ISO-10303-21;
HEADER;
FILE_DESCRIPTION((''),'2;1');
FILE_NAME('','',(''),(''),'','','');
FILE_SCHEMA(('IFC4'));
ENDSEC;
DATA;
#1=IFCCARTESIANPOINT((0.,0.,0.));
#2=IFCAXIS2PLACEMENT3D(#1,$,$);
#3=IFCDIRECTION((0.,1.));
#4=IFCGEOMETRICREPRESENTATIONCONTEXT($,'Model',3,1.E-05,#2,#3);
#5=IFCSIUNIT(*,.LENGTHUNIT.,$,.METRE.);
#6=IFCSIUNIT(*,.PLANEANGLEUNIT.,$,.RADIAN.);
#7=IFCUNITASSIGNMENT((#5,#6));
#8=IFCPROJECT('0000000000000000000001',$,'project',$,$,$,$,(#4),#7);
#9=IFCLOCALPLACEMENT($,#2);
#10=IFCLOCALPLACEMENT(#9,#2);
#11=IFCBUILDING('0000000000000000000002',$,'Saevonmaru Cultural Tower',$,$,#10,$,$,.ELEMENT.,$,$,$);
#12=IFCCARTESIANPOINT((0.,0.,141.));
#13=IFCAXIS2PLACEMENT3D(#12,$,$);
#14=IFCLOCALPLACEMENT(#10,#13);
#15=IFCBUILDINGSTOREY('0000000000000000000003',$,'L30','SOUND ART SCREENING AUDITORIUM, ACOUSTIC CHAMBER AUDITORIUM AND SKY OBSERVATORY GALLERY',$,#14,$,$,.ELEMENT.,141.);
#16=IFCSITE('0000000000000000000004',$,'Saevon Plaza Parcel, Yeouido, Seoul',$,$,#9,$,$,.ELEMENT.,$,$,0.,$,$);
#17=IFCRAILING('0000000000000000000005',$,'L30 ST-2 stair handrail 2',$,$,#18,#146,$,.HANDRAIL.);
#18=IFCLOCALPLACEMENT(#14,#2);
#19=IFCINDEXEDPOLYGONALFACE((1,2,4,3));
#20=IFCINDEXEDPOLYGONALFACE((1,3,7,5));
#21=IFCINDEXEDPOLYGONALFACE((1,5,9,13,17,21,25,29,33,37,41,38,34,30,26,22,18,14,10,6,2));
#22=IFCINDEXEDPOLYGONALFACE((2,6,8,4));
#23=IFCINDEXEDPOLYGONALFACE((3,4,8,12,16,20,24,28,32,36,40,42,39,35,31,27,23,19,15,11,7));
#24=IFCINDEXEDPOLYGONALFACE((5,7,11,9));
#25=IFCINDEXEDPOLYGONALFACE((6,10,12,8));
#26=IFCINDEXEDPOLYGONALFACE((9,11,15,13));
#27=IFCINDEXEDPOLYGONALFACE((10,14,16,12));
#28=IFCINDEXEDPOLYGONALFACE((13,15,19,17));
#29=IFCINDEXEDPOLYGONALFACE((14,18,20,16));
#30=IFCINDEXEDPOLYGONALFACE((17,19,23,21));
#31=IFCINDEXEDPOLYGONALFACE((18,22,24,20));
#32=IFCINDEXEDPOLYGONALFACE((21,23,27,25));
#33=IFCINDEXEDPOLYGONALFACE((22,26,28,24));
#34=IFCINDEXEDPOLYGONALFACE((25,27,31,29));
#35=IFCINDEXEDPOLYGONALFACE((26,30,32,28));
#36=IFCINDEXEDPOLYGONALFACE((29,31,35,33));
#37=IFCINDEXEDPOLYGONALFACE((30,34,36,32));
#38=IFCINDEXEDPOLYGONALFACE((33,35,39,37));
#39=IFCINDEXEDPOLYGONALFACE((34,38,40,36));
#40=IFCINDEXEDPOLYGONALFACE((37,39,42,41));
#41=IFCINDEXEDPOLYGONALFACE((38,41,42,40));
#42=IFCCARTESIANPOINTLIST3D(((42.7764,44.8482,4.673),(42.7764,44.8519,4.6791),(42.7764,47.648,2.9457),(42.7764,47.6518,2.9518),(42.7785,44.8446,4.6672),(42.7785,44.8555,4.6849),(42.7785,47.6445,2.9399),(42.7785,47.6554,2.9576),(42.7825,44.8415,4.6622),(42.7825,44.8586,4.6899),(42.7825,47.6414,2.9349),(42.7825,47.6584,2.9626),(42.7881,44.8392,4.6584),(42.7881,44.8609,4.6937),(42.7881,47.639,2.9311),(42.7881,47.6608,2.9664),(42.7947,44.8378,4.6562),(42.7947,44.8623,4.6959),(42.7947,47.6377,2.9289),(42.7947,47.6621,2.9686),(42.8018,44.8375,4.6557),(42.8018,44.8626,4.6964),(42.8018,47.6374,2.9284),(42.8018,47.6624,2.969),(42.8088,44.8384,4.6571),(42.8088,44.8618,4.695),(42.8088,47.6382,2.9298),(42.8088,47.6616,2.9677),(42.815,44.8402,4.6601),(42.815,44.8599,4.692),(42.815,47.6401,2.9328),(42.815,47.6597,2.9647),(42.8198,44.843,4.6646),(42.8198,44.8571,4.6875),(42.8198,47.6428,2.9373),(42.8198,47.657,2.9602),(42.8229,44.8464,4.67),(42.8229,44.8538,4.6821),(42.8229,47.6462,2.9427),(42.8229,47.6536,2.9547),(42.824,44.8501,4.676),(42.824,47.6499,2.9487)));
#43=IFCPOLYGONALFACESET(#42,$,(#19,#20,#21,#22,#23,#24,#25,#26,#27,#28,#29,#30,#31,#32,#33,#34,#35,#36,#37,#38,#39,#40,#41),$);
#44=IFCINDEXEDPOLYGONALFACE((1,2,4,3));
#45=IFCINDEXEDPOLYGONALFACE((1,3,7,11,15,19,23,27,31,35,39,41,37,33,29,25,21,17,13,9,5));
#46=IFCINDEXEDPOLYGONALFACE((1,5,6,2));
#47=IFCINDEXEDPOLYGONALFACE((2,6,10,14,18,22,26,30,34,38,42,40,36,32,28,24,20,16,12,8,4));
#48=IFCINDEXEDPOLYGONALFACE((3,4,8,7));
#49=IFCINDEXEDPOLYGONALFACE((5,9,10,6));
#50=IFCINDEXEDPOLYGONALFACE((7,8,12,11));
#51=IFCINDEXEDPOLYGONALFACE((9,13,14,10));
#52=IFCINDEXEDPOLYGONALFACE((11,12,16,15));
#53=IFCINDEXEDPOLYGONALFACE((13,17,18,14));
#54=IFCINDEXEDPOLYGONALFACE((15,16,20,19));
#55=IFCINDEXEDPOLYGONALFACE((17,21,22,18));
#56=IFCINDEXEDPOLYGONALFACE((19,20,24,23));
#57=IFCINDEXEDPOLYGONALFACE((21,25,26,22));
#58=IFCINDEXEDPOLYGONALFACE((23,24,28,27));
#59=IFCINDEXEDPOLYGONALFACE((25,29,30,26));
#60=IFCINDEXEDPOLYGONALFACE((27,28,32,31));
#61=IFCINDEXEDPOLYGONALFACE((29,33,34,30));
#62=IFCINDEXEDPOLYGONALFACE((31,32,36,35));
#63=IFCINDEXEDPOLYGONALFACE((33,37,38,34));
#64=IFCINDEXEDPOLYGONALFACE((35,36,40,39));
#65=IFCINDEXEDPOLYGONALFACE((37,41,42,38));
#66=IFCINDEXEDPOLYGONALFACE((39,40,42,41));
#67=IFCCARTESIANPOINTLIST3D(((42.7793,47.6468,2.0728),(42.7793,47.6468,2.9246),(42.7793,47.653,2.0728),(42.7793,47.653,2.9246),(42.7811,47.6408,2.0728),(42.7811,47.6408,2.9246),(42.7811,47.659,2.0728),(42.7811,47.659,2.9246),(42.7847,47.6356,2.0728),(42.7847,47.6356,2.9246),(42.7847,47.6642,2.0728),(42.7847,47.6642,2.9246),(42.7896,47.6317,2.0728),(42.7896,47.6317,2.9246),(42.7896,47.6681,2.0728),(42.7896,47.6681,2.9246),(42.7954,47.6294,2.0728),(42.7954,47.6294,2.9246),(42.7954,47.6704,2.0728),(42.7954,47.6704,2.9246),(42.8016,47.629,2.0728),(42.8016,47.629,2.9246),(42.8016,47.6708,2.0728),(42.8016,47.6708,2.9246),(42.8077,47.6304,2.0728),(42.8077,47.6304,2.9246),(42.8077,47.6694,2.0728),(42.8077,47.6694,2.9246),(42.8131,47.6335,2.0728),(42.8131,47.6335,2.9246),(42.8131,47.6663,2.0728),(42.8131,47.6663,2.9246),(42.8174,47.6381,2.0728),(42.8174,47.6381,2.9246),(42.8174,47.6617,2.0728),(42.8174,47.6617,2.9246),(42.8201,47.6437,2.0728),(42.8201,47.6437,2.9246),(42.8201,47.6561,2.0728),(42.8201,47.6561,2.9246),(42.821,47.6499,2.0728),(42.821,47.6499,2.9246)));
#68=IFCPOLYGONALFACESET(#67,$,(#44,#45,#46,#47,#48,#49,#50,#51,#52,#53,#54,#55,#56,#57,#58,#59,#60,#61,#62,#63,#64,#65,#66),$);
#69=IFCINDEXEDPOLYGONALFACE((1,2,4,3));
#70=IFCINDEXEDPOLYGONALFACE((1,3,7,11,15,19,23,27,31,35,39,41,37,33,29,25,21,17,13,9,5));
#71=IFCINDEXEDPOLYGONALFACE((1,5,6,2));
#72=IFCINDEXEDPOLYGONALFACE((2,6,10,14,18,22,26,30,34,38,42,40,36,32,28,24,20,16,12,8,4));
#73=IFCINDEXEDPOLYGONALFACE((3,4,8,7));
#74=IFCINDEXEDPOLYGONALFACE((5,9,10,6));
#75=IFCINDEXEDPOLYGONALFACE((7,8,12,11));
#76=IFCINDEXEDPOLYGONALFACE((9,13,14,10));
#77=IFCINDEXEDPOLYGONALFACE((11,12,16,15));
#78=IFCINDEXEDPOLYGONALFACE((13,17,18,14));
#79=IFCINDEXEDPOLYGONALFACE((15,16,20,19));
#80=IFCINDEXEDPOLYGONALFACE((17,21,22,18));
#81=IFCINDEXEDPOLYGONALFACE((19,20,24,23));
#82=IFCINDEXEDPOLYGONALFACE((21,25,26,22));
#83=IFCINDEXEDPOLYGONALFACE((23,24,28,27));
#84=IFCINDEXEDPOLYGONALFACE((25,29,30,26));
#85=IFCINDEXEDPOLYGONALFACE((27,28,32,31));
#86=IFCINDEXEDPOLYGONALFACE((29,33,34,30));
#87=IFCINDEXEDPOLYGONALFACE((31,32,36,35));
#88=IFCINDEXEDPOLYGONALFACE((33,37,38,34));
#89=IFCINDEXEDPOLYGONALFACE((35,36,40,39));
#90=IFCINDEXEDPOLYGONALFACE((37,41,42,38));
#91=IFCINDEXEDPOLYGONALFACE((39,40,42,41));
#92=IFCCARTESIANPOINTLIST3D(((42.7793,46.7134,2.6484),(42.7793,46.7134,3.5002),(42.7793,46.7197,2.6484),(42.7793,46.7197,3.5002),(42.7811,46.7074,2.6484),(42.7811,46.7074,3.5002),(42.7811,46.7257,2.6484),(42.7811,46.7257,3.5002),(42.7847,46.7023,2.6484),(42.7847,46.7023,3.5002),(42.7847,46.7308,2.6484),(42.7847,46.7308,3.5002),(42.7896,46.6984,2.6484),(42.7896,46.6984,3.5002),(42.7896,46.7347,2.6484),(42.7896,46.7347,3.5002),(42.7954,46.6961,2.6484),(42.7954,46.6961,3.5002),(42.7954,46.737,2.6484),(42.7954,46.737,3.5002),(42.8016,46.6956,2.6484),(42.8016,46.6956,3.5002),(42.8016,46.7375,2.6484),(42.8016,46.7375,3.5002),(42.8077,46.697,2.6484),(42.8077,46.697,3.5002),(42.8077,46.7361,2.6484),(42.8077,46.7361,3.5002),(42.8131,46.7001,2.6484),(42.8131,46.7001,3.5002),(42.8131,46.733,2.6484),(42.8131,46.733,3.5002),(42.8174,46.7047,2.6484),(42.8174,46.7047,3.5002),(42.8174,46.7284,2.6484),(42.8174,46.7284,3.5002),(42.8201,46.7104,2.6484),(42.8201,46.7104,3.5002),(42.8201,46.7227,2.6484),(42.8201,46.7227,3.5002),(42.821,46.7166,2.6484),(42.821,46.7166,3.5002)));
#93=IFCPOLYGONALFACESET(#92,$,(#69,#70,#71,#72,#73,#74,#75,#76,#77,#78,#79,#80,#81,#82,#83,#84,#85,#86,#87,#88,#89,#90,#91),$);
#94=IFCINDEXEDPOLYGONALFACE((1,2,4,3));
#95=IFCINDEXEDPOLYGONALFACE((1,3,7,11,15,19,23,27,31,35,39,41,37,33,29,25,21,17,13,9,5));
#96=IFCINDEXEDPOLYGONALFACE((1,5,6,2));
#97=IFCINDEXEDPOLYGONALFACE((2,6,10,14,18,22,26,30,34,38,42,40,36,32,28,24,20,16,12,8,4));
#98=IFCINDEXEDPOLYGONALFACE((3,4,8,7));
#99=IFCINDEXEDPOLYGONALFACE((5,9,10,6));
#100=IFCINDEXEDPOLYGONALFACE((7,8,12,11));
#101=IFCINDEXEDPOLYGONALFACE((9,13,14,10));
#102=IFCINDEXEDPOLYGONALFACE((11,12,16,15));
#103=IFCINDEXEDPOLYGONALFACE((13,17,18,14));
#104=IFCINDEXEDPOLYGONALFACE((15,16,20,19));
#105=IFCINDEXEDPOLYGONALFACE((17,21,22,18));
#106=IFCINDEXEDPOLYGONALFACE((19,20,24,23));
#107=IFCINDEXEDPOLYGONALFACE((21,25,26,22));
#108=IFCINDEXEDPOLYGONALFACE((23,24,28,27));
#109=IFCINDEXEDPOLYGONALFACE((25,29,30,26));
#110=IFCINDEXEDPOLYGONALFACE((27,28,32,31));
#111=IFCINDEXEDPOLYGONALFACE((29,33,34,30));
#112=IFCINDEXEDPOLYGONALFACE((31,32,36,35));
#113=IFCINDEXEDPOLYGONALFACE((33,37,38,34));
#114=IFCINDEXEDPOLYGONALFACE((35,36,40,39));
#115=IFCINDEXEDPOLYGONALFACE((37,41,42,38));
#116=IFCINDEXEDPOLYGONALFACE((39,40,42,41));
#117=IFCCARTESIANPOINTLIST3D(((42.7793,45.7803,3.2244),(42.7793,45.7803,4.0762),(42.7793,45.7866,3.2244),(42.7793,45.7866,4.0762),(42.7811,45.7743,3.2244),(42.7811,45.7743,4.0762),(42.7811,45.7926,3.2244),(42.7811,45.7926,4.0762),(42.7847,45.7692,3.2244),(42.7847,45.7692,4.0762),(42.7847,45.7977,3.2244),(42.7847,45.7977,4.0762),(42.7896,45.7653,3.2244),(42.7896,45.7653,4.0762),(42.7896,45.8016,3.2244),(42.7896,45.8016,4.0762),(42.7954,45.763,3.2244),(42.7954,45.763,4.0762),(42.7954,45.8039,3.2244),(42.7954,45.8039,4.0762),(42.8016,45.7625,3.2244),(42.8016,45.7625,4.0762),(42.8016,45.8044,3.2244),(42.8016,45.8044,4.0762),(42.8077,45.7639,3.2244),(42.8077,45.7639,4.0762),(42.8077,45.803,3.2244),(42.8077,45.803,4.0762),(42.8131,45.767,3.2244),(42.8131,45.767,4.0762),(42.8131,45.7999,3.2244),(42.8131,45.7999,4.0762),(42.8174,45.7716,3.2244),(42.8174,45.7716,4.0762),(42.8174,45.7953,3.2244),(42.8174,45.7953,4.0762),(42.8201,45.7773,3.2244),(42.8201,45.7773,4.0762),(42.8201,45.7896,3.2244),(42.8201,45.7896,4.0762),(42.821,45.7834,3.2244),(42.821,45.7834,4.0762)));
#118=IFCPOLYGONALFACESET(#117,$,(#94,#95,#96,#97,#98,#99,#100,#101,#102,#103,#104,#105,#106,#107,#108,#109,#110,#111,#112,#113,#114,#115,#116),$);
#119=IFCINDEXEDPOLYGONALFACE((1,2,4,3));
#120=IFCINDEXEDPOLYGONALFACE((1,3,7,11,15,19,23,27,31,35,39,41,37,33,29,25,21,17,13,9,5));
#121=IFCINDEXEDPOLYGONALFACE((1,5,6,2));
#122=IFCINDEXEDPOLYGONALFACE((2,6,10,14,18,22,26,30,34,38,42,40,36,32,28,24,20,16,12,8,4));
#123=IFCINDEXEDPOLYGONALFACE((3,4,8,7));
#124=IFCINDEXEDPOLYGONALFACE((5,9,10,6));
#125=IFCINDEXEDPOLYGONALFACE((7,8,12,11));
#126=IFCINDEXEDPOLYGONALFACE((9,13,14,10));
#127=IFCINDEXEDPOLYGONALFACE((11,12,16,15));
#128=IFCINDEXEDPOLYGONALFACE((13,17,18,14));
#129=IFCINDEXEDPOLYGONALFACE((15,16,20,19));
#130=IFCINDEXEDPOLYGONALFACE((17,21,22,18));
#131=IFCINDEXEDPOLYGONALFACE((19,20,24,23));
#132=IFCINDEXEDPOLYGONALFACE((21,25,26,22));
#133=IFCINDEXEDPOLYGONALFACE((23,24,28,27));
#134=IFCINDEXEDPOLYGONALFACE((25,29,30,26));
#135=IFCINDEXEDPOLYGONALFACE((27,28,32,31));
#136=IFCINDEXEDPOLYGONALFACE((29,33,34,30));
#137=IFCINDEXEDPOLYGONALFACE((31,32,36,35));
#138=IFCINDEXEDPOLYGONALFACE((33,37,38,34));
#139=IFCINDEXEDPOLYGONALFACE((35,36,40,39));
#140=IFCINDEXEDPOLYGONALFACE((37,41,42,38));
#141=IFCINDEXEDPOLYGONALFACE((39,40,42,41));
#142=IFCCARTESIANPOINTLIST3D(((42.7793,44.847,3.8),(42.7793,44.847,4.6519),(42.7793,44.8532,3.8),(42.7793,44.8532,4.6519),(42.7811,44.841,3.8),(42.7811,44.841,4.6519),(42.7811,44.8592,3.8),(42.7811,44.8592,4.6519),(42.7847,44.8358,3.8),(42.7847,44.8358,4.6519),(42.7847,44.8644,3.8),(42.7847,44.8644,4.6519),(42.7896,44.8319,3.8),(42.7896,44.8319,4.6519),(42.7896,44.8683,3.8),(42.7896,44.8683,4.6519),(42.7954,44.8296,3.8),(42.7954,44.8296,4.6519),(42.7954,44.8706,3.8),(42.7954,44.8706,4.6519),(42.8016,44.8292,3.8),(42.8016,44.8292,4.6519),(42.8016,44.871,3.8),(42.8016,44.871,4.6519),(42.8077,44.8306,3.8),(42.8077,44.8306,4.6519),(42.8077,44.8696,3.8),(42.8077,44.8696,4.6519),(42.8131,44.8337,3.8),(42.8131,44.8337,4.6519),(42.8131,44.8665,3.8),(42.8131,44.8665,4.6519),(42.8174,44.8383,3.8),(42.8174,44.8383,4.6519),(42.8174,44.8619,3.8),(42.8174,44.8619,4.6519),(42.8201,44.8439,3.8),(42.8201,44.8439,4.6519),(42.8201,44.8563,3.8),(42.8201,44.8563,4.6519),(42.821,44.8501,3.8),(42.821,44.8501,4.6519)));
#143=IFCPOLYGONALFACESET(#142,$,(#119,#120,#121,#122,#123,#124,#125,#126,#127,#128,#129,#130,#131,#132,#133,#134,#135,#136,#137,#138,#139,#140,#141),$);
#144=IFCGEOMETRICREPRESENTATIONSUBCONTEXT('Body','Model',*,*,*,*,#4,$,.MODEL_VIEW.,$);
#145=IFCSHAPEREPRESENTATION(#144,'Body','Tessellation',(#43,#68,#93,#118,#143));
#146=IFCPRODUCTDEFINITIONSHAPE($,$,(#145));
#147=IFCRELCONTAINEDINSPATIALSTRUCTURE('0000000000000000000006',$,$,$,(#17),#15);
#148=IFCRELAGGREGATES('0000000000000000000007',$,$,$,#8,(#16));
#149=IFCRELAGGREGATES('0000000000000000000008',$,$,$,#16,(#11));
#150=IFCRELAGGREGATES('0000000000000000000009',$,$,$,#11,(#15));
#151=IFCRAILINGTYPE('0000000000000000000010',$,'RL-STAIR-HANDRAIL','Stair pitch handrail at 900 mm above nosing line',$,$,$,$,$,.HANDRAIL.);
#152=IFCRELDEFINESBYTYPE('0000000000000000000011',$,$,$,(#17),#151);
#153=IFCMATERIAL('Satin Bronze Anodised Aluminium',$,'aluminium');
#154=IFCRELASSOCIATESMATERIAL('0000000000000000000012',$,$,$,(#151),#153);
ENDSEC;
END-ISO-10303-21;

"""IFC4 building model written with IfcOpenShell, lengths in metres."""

from ifc_helpers import new_model, si_unit, direction, frame, origin, origin_2d, place, context, subcontext, project, spatial, circle, extrude, material, type_object, element, save


model = new_model("IFC4")

# Units and contexts
model_context = context("Model", 3, precision=1e-05, world=origin(), true_north=direction((0.0, 1.0)))
body_context = subcontext(model_context, "Body", "Model", "MODEL_VIEW")
ifc_project = project(units=[si_unit("LENGTHUNIT", "METRE"), si_unit("PLANEANGLEUNIT", "RADIAN")], contexts=[model_context])

# Site, building, storey
site_placement = place(None, origin())
site = spatial("IfcSite", under=ifc_project, at=site_placement, Name="Saevon Plaza Parcel, Yeouido, Seoul", CompositionType="ELEMENT", RefElevation=0.0)
building_placement = place(site_placement, origin())
building = spatial("IfcBuilding", under=site, at=building_placement, Name="Saevonmaru Cultural Tower", CompositionType="ELEMENT")
storey_placement = place(building_placement, frame((0.0, 0.0, 141.0)))
storey = spatial("IfcBuildingStorey", under=building, at=storey_placement, Name="L30", Description="SOUND ART SCREENING AUDITORIUM, ACOUSTIC CHAMBER AUDITORIUM AND SKY OBSERVATORY GALLERY", CompositionType="ELEMENT", Elevation=141.0)

# Shared definitions
ifc_material_1 = material(Name="Satin Bronze Anodised Aluminium", Category="aluminium")

# Railing
railing_type_1 = type_object("IfcRailingType", Name="RL-STAIR-HANDRAIL", Description="Stair pitch handrail at 900 mm above nosing line", PredefinedType="HANDRAIL", material=ifc_material_1)
railing_1_placement = place(storey_placement, frame((42.8, 47.6499, 2.0728)))
element("IfcRailing", 1, at=railing_1_placement, inside=storey, type_object=railing_type_1, Name="L30 ST-2 stair handrail 2", PredefinedType="HANDRAIL", context=body_context, shape_type="SweptSolid", body=[
    extrude(circle(Radius=0.0239, at=origin_2d()), frame((0.0, 0.0, 0.876), z_axis=(0.0, -0.851069, 0.525054), x_axis=(1.0, 0.0, 0.0)), (0.0, 0.0, 1.0), 3.2898),
    extrude(circle(Radius=0.021, at=origin_2d()), origin(), (0.0, 0.0, 1.0), 0.8518),
    extrude(circle(Radius=0.021, at=origin_2d()), frame((0.0, -0.9333, 0.5757)), (0.0, 0.0, 1.0), 0.8518),
    extrude(circle(Radius=0.021, at=origin_2d()), frame((0.0, -1.8665, 1.1516)), (0.0, 0.0, 1.0), 0.8518),
    extrude(circle(Radius=0.021, at=origin_2d()), frame((0.0, -2.7998, 1.7273)), (0.0, 0.0, 1.0), 0.8518),
])

save(model, "model.ifc")
